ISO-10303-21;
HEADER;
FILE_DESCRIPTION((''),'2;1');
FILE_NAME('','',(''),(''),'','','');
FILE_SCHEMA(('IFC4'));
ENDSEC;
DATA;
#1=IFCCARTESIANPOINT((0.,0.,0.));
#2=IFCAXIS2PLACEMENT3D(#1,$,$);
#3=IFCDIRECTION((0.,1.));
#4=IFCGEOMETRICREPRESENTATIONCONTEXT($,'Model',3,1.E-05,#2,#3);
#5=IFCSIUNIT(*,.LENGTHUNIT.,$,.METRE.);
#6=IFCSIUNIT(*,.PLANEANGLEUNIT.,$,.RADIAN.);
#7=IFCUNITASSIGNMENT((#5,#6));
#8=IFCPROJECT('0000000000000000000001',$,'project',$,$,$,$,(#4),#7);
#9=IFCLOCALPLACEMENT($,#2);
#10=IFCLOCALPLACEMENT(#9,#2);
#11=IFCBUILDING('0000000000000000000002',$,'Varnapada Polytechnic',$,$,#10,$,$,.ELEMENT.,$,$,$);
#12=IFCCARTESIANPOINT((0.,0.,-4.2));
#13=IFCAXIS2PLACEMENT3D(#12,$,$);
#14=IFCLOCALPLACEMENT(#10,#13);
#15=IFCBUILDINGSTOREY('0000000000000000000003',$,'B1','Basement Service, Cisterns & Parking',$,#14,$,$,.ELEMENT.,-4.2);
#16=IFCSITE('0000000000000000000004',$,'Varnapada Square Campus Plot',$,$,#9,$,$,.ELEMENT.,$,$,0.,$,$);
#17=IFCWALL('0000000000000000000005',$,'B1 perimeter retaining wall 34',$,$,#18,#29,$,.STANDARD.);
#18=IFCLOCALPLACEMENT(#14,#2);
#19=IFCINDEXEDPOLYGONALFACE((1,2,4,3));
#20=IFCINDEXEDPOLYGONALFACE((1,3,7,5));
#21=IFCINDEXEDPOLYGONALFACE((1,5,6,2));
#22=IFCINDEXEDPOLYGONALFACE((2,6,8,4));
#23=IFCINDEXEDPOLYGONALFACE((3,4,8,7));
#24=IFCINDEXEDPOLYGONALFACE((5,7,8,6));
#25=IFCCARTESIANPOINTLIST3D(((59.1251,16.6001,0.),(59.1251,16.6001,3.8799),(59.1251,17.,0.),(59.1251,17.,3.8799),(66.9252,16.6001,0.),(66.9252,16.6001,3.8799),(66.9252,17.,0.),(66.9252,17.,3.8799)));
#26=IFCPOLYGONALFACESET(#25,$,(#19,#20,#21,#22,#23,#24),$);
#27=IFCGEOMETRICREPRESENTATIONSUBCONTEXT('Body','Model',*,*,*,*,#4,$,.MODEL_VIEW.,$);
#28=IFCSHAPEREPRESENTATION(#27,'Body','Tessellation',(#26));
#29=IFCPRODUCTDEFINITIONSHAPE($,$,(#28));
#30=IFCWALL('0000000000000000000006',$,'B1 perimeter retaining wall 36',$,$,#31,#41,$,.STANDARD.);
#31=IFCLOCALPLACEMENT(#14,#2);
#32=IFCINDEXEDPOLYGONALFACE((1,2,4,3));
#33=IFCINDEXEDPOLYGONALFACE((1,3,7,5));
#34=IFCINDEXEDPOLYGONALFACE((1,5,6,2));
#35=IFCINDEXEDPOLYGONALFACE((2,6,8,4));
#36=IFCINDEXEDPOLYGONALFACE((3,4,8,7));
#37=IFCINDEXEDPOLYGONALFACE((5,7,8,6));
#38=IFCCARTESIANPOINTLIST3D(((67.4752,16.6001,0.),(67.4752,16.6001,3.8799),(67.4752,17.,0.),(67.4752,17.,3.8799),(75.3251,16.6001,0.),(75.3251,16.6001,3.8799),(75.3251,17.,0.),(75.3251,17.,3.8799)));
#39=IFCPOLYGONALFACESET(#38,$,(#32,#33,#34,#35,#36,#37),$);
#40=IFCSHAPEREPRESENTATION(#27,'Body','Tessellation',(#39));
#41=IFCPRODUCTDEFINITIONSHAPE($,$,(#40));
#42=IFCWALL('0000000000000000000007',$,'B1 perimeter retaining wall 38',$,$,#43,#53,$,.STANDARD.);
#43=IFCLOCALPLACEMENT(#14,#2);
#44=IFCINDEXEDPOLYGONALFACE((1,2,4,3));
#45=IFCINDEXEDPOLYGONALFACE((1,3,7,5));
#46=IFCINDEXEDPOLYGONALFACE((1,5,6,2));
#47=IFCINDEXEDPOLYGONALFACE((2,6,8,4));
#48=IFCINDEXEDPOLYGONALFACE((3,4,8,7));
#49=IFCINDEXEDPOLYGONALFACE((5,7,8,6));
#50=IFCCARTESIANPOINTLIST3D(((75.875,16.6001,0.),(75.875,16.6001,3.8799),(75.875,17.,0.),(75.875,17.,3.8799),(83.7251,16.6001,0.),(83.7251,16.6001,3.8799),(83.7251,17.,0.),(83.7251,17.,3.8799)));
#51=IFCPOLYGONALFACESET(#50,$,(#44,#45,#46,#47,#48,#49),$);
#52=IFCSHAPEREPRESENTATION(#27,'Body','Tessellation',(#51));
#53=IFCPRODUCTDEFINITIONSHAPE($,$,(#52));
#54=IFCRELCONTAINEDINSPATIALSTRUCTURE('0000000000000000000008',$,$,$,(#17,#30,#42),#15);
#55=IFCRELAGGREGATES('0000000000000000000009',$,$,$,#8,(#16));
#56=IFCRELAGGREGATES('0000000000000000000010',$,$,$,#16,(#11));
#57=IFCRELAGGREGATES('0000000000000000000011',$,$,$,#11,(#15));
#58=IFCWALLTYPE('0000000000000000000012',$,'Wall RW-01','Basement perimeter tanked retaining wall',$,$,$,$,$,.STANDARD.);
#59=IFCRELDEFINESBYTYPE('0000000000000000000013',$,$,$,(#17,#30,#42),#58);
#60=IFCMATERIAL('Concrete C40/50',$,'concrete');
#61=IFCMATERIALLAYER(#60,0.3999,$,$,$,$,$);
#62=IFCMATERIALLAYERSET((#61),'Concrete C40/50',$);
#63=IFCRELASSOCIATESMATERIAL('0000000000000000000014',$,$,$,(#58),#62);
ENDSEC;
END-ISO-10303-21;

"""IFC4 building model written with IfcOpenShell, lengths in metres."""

from ifc_helpers import new_model, si_unit, direction, frame, frame_2d, origin, place, context, subcontext, project, spatial, rectangle, extrude, material, layer, layer_set, type_object, element, save


model = new_model("IFC4")

# Units and contexts
model_context = context("Model", 3, precision=1e-05, world=origin(), true_north=direction((0.0, 1.0)))
body_context = subcontext(model_context, "Body", "Model", "MODEL_VIEW")
ifc_project = project(units=[si_unit("LENGTHUNIT", "METRE"), si_unit("PLANEANGLEUNIT", "RADIAN")], contexts=[model_context])

# Site, building, storey
site_placement = place(None, origin())
site = spatial("IfcSite", under=ifc_project, at=site_placement, Name="Varnapada Square Campus Plot", CompositionType="ELEMENT", RefElevation=0.0)
building_placement = place(site_placement, origin())
building = spatial("IfcBuilding", under=site, at=building_placement, Name="Varnapada Polytechnic", CompositionType="ELEMENT")
storey_placement = place(building_placement, frame((0.0, 0.0, -4.2)))
storey = spatial("IfcBuildingStorey", under=building, at=storey_placement, Name="B1", Description="Basement Service, Cisterns & Parking", CompositionType="ELEMENT", Elevation=-4.2)

# Shared definitions
ifc_material_1 = material(Name="Concrete C40/50", Category="concrete")

# Walls
ifc_layer_1 = layer(ifc_material_1, 0.3999)
ifc_layer_set_1 = layer_set([ifc_layer_1], Name="Concrete C40/50")
wall_type_1 = type_object("IfcWallType", Name="Wall RW-01", Description="Basement perimeter tanked retaining wall", PredefinedType="STANDARD", material=ifc_layer_set_1)
wall_1_placement = place(storey_placement, frame((66.925, 16.8, 0.0), z_axis=(0.0, 0.0, 1.0), x_axis=(-1.0, 0.0, 0.0)))
element("IfcWall", 1, at=wall_1_placement, inside=storey, type_object=wall_type_1, Name="B1 perimeter retaining wall 34", PredefinedType="STANDARD", context=body_context, shape_type="SweptSolid", body=[
    extrude(rectangle(XDim=7.8, YDim=0.3999, at=frame_2d((3.8999, 0.0))), origin(), (0.0, 0.0, 1.0), 3.8799),
])
wall_2_placement = place(storey_placement, frame((75.325, 16.8, 0.0), z_axis=(0.0, 0.0, 1.0), x_axis=(-1.0, 0.0, 0.0)))
element("IfcWall", 2, at=wall_2_placement, inside=storey, type_object=wall_type_1, Name="B1 perimeter retaining wall 36", PredefinedType="STANDARD", context=body_context, shape_type="SweptSolid", body=[
    extrude(rectangle(XDim=7.8499, YDim=0.3999, at=frame_2d((3.9248, 0.0))), origin(), (0.0, 0.0, 1.0), 3.8799),
])
wall_3_placement = place(storey_placement, frame((83.7251, 16.8, 0.0), z_axis=(0.0, 0.0, 1.0), x_axis=(-1.0, 0.0, 0.0)))
element("IfcWall", 3, at=wall_3_placement, inside=storey, type_object=wall_type_1, Name="B1 perimeter retaining wall 38", PredefinedType="STANDARD", context=body_context, shape_type="SweptSolid", body=[
    extrude(rectangle(XDim=7.8501, YDim=0.3999, at=frame_2d((3.925, 0.0))), origin(), (0.0, 0.0, 1.0), 3.8799),
])

save(model, "model.ifc")
